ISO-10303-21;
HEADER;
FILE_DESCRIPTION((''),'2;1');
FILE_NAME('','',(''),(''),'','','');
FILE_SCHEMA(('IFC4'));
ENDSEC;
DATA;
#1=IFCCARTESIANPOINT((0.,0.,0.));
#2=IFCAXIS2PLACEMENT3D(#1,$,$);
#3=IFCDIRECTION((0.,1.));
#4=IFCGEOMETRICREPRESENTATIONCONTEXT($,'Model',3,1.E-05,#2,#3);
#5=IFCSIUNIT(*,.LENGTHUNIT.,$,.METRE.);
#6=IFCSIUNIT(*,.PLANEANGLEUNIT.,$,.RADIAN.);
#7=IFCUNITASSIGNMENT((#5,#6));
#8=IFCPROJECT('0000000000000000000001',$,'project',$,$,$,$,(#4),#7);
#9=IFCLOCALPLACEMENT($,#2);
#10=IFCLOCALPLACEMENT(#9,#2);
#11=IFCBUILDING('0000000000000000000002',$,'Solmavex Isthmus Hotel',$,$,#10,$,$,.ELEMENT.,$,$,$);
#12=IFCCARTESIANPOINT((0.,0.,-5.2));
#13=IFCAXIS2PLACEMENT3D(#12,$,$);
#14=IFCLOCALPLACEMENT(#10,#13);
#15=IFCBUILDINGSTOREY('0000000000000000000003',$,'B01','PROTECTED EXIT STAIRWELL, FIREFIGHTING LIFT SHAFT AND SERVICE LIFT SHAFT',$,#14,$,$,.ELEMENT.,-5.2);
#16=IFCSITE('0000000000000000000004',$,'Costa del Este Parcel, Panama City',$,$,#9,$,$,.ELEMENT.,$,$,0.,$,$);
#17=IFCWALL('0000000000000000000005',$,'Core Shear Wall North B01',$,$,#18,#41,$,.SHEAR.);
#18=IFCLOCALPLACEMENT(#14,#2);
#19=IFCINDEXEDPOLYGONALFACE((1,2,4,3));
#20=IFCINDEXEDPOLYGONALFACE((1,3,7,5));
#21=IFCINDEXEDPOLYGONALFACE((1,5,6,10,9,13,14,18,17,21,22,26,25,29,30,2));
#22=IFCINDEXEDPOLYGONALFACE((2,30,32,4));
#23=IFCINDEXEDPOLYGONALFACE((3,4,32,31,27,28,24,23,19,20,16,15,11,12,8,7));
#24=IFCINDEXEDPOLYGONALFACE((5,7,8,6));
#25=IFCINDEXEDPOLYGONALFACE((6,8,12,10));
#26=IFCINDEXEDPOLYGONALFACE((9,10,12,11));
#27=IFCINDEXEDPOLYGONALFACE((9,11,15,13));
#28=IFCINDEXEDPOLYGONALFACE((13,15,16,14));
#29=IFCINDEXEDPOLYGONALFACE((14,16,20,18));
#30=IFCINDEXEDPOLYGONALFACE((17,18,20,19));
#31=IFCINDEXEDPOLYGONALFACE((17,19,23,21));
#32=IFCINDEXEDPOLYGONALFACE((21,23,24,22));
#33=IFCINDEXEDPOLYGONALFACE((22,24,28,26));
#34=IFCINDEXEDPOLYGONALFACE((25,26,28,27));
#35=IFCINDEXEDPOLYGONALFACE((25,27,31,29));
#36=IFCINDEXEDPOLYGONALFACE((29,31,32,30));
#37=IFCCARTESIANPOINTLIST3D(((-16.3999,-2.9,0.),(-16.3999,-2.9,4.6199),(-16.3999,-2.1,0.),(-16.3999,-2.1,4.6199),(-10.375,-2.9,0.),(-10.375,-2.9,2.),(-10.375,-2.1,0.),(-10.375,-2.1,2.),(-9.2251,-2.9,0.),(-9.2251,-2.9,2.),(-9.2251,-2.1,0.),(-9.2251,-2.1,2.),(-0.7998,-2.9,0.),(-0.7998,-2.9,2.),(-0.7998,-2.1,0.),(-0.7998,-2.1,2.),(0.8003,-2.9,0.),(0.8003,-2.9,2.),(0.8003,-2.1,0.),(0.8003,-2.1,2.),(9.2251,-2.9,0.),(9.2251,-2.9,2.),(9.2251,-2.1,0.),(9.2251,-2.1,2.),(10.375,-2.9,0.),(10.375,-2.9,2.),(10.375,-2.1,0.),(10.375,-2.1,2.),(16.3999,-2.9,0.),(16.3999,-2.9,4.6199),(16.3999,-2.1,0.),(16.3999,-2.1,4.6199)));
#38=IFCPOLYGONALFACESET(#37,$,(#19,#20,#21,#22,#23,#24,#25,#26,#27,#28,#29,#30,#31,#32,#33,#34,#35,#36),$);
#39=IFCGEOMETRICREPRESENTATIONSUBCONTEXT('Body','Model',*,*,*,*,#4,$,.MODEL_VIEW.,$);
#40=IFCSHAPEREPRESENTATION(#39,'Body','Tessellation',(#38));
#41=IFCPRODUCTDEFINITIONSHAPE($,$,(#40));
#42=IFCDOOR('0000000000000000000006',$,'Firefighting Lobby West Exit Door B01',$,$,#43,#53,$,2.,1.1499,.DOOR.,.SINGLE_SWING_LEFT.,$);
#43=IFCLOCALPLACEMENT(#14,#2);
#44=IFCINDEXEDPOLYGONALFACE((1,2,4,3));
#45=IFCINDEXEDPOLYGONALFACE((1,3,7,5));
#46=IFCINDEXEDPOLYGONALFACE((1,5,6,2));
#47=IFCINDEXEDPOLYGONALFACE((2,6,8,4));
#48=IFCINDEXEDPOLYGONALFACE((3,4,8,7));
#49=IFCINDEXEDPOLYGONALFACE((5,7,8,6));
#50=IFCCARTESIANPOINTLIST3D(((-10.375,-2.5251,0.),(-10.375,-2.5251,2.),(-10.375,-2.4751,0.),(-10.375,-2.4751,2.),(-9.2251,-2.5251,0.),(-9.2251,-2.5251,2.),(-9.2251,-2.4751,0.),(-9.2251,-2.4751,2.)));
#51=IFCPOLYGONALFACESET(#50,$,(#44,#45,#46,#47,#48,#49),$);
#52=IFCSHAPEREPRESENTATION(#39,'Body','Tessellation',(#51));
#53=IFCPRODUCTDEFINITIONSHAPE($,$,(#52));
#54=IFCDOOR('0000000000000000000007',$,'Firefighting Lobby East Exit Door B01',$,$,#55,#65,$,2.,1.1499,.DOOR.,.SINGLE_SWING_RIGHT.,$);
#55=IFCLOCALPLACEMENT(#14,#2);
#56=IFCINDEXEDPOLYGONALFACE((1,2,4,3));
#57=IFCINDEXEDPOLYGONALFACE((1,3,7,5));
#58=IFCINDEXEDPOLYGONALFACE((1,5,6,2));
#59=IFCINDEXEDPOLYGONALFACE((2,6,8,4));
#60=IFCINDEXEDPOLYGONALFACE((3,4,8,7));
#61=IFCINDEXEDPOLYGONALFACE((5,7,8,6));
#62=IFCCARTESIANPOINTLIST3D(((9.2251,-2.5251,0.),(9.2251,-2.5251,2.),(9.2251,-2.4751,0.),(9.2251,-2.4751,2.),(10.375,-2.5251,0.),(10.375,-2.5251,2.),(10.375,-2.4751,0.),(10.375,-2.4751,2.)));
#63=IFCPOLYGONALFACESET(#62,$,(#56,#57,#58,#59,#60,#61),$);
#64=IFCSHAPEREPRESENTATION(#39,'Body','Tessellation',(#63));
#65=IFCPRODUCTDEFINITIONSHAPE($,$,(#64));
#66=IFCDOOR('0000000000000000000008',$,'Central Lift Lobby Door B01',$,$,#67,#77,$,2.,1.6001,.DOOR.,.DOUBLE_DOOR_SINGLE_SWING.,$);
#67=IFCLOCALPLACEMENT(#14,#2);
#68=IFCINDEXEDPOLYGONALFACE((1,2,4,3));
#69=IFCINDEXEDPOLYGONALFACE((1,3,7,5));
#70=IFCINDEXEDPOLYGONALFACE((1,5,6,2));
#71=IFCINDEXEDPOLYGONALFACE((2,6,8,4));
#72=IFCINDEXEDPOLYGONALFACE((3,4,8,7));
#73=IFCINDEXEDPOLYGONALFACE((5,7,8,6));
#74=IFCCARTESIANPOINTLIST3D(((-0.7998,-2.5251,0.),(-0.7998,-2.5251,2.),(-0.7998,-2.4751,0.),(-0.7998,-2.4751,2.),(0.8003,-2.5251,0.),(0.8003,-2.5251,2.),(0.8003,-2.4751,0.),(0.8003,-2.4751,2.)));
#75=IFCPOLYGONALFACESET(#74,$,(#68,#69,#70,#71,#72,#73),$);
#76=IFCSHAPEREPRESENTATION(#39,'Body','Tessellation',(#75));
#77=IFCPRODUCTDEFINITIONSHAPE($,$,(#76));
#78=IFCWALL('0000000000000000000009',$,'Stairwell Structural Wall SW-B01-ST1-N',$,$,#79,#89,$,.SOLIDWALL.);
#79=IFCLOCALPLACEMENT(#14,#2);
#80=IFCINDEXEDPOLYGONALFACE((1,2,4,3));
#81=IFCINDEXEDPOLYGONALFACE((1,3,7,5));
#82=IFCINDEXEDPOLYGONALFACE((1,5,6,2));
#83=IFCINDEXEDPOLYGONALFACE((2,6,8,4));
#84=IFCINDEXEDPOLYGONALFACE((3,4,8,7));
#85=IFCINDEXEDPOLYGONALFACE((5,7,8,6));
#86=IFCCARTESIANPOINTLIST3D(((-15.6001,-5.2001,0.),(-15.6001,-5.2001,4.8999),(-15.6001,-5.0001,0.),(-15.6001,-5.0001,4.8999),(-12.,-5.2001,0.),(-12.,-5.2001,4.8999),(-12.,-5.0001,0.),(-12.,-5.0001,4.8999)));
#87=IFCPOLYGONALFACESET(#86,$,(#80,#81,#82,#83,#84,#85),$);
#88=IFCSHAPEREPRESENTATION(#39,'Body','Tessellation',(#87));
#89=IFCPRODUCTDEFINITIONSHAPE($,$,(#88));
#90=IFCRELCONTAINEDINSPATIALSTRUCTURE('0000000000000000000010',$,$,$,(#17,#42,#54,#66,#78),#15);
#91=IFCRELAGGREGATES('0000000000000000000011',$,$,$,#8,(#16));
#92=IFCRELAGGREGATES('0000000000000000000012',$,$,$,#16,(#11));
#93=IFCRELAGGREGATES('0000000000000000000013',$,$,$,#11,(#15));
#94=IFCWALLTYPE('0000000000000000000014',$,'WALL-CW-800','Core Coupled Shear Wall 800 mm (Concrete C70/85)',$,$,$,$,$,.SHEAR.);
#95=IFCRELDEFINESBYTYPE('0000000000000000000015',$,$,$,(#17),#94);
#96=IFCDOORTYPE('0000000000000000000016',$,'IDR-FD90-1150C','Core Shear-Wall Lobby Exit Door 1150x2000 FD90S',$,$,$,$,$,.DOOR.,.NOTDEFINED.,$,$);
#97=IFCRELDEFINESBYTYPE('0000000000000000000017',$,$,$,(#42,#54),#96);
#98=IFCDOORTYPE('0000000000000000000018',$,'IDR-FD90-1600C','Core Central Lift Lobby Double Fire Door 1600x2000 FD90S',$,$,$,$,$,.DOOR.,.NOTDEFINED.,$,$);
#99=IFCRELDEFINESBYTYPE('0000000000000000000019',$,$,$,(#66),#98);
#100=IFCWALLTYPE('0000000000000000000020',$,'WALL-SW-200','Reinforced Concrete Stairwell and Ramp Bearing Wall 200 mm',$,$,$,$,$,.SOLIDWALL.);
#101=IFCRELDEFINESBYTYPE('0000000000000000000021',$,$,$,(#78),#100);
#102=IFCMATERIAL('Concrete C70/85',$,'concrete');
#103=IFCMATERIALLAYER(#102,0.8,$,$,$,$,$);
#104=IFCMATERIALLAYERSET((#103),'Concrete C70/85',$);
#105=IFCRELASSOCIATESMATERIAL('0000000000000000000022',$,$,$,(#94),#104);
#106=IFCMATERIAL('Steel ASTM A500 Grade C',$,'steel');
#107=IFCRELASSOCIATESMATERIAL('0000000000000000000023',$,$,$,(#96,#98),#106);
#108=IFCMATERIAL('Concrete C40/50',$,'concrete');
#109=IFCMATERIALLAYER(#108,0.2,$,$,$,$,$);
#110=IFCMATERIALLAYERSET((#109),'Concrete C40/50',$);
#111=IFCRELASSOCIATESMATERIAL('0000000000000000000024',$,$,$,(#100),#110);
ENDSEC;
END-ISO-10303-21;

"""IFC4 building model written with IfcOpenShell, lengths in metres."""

from ifc_helpers import new_model, si_unit, direction, frame, frame_2d, origin, place, context, subcontext, project, spatial, rectangle, extrude, material, layer, layer_set, type_object, element, fill, save


model = new_model("IFC4")

# Units and contexts
model_context = context("Model", 3, precision=1e-05, world=origin(), true_north=direction((0.0, 1.0)))
body_context = subcontext(model_context, "Body", "Model", "MODEL_VIEW")
ifc_project = project(units=[si_unit("LENGTHUNIT", "METRE"), si_unit("PLANEANGLEUNIT", "RADIAN")], contexts=[model_context])

# Site, building, storey
site_placement = place(None, origin())
site = spatial("IfcSite", under=ifc_project, at=site_placement, Name="Costa del Este Parcel, Panama City", CompositionType="ELEMENT", RefElevation=0.0)
building_placement = place(site_placement, origin())
building = spatial("IfcBuilding", under=site, at=building_placement, Name="Solmavex Isthmus Hotel", CompositionType="ELEMENT")
storey_placement = place(building_placement, frame((0.0, 0.0, -5.2)))
storey = spatial("IfcBuildingStorey", under=building, at=storey_placement, Name="B01", Description="PROTECTED EXIT STAIRWELL, FIREFIGHTING LIFT SHAFT AND SERVICE LIFT SHAFT", CompositionType="ELEMENT", Elevation=-5.2)

# Shared definitions
ifc_material_1 = material(Name="Concrete C70/85", Category="concrete")

# Shared definitions
ifc_material_2 = material(Name="Steel ASTM A500 Grade C", Category="steel")

# Shared definitions
ifc_material_3 = material(Name="Concrete C40/50", Category="concrete")

# Wall, openings, doors
ifc_layer_1 = layer(ifc_material_1, 0.8)
ifc_layer_set_1 = layer_set([ifc_layer_1], Name="Concrete C70/85")
wall_type_1 = type_object("IfcWallType", Name="WALL-CW-800", Description="Core Coupled Shear Wall 800 mm (Concrete C70/85)", PredefinedType="SHEAR", material=ifc_layer_set_1)
wall_1_placement = place(storey_placement, frame((-16.3999, -2.5, 0.0), z_axis=(0.0, 0.0, 1.0), x_axis=(1.0, 0.0, 0.0)))
wall_1 = element("IfcWall", 1, at=wall_1_placement, inside=storey, type_object=wall_type_1, Name="Core Shear Wall North B01", PredefinedType="SHEAR", context=body_context, shape_type="SweptSolid", body=[
    extrude(rectangle(XDim=32.7998, YDim=0.8, at=frame_2d((16.3999, 0.0))), origin(), (0.0, 0.0, 1.0), 4.6199),
])
opening_1_placement = place(wall_1_placement, frame((6.0249, 0.0, 0.0)))
opening_1 = element("IfcOpeningElement", 2, at=opening_1_placement, cuts=wall_1, PredefinedType="OPENING", context=body_context, shape_type="SweptSolid", body=[
    extrude(rectangle(XDim=1.1499, YDim=2.0, at=frame_2d((0.575, 1.0))), frame((0.0, 0.4099, 0.0), z_axis=(0.0, -1.0, 0.0), x_axis=(1.0, 0.0, 0.0)), (0.0, 0.0, 1.0), 0.8201),
])
opening_2_placement = place(wall_1_placement, frame((15.6001, 0.0, 0.0)))
opening_2 = element("IfcOpeningElement", 3, at=opening_2_placement, cuts=wall_1, PredefinedType="OPENING", context=body_context, shape_type="SweptSolid", body=[
    extrude(rectangle(XDim=1.6001, YDim=2.0, at=frame_2d((0.8, 1.0))), frame((0.0, 0.4099, 0.0), z_axis=(0.0, -1.0, 0.0), x_axis=(1.0, 0.0, 0.0)), (0.0, 0.0, 1.0), 0.8201),
])
opening_3_placement = place(wall_1_placement, frame((25.625, 0.0, 0.0)))
opening_3 = element("IfcOpeningElement", 4, at=opening_3_placement, cuts=wall_1, PredefinedType="OPENING", context=body_context, shape_type="SweptSolid", body=[
    extrude(rectangle(XDim=1.1499, YDim=2.0, at=frame_2d((0.575, 1.0))), frame((0.0, 0.4099, 0.0), z_axis=(0.0, -1.0, 0.0), x_axis=(1.0, 0.0, 0.0)), (0.0, 0.0, 1.0), 0.8201),
])
door_type_1 = type_object("IfcDoorType", Name="IDR-FD90-1150C", Description="Core Shear-Wall Lobby Exit Door 1150x2000 FD90S", OperationType="NOTDEFINED", PredefinedType="DOOR", material=ifc_material_2)
door_1_placement = place(opening_1_placement, origin())
door_1 = element("IfcDoor", 5, at=door_1_placement, inside=storey, type_object=door_type_1, Name="Firefighting Lobby West Exit Door B01", OperationType="SINGLE_SWING_LEFT", OverallHeight=2.0, OverallWidth=1.1499, PredefinedType="DOOR", context=body_context, shape_type="SweptSolid", body=[
    extrude(rectangle(XDim=1.1499, YDim=2.0, at=frame_2d((0.575, 1.0))), frame((0.0, 0.0249, 0.0), z_axis=(0.0, -1.0, 0.0), x_axis=(1.0, 0.0, 0.0)), (0.0, 0.0, 1.0), 0.05),
])
fill(opening_1, door_1)
door_2_placement = place(opening_3_placement, origin())
door_2 = element("IfcDoor", 6, at=door_2_placement, inside=storey, type_object=door_type_1, Name="Firefighting Lobby East Exit Door B01", OperationType="SINGLE_SWING_RIGHT", OverallHeight=2.0, OverallWidth=1.1499, PredefinedType="DOOR", context=body_context, shape_type="SweptSolid", body=[
    extrude(rectangle(XDim=1.1499, YDim=2.0, at=frame_2d((0.575, 1.0))), frame((0.0, 0.0249, 0.0), z_axis=(0.0, -1.0, 0.0), x_axis=(1.0, 0.0, 0.0)), (0.0, 0.0, 1.0), 0.05),
])
fill(opening_3, door_2)
door_type_2 = type_object("IfcDoorType", Name="IDR-FD90-1600C", Description="Core Central Lift Lobby Double Fire Door 1600x2000 FD90S", OperationType="NOTDEFINED", PredefinedType="DOOR", material=ifc_material_2)
door_3_placement = place(opening_2_placement, origin())
door_3 = element("IfcDoor", 7, at=door_3_placement, inside=storey, type_object=door_type_2, Name="Central Lift Lobby Door B01", OperationType="DOUBLE_DOOR_SINGLE_SWING", OverallHeight=2.0, OverallWidth=1.6001, PredefinedType="DOOR", context=body_context, shape_type="SweptSolid", body=[
    extrude(rectangle(XDim=1.6001, YDim=2.0, at=frame_2d((0.8, 1.0))), frame((0.0, 0.0249, 0.0), z_axis=(0.0, -1.0, 0.0), x_axis=(1.0, 0.0, 0.0)), (0.0, 0.0, 1.0), 0.05),
])
fill(opening_2, door_3)

# Wall
ifc_layer_2 = layer(ifc_material_3, 0.2)
ifc_layer_set_2 = layer_set([ifc_layer_2], Name="Concrete C40/50")
wall_type_2 = type_object("IfcWallType", Name="WALL-SW-200", Description="Reinforced Concrete Stairwell and Ramp Bearing Wall 200 mm", PredefinedType="SOLIDWALL", material=ifc_layer_set_2)
wall_2_placement = place(storey_placement, frame((-15.6001, -5.1001, 0.0), z_axis=(0.0, 0.0, 1.0), x_axis=(1.0, 0.0, 0.0)))
element("IfcWall", 8, at=wall_2_placement, inside=storey, type_object=wall_type_2, Name="Stairwell Structural Wall SW-B01-ST1-N", PredefinedType="SOLIDWALL", context=body_context, shape_type="SweptSolid", body=[
    extrude(rectangle(XDim=3.6001, YDim=0.2, at=frame_2d((1.8, 0.0))), origin(), (0.0, 0.0, 1.0), 4.8999),
])

save(model, "model.ifc")
